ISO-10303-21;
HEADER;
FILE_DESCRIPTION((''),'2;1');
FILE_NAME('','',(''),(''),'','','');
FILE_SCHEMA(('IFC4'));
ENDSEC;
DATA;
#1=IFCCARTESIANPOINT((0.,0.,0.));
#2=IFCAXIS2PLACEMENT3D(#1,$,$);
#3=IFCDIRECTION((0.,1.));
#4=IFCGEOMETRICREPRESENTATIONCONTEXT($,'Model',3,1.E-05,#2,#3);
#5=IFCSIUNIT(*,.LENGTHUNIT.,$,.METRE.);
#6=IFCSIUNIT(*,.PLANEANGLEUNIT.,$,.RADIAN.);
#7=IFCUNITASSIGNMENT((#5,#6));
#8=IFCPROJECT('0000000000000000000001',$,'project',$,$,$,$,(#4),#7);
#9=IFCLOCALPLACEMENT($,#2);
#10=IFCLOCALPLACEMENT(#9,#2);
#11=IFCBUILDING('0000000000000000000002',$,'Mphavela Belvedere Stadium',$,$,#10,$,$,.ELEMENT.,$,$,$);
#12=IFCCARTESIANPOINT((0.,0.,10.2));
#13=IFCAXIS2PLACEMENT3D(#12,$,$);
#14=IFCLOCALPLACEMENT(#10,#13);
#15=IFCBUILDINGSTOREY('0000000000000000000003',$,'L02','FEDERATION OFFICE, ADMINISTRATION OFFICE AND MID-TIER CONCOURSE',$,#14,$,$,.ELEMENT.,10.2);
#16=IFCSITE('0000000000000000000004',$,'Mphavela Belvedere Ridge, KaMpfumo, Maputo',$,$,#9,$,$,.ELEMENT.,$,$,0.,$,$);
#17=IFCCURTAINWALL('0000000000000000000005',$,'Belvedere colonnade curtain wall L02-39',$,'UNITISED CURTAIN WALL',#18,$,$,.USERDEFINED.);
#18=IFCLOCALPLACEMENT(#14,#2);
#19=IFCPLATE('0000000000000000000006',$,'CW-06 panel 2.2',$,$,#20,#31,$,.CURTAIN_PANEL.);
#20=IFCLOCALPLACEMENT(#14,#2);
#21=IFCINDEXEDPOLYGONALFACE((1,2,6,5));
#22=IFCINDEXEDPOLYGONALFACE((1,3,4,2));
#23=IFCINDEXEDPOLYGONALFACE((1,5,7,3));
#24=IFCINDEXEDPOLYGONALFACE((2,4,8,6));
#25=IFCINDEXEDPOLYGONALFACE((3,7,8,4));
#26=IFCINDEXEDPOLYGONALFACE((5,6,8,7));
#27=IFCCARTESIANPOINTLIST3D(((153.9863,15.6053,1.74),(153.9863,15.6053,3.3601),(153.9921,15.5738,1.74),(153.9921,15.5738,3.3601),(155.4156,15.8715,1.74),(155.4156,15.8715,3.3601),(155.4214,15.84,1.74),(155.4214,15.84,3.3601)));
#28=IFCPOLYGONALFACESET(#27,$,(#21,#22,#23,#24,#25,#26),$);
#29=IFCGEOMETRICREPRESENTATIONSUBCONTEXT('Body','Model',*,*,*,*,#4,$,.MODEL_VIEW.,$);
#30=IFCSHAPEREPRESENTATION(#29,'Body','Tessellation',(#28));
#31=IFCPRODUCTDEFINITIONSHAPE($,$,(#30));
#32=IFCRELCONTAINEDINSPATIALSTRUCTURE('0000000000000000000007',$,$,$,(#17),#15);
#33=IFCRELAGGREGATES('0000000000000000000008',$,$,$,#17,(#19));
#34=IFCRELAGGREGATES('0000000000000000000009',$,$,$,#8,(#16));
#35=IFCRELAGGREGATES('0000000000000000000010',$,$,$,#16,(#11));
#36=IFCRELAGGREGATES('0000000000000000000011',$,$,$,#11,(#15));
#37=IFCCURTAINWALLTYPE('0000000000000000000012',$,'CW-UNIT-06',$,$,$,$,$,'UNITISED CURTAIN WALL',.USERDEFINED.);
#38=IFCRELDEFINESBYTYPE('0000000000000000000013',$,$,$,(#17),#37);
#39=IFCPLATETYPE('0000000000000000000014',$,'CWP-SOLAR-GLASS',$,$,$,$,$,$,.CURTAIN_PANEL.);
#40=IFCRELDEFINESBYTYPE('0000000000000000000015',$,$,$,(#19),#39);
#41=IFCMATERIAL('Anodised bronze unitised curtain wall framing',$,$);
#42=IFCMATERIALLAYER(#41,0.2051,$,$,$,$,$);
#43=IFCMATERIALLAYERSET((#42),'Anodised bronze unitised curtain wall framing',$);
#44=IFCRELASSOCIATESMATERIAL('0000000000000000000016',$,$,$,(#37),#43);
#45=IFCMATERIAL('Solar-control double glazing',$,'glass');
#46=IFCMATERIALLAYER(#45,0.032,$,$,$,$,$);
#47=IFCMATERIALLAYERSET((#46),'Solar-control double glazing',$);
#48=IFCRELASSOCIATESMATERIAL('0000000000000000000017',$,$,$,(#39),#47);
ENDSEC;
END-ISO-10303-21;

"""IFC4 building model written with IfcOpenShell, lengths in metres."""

from ifc_helpers import new_model, si_unit, direction, frame, origin, origin_2d, place, context, subcontext, project, spatial, rectangle, extrude, material, layer, layer_set, type_object, element, aggregate, save


model = new_model("IFC4")

# Units and contexts
model_context = context("Model", 3, precision=1e-05, world=origin(), true_north=direction((0.0, 1.0)))
body_context = subcontext(model_context, "Body", "Model", "MODEL_VIEW")
ifc_project = project(units=[si_unit("LENGTHUNIT", "METRE"), si_unit("PLANEANGLEUNIT", "RADIAN")], contexts=[model_context])

# Site, building, storey
site_placement = place(None, origin())
site = spatial("IfcSite", under=ifc_project, at=site_placement, Name="Mphavela Belvedere Ridge, KaMpfumo, Maputo", CompositionType="ELEMENT", RefElevation=0.0)
building_placement = place(site_placement, origin())
building = spatial("IfcBuilding", under=site, at=building_placement, Name="Mphavela Belvedere Stadium", CompositionType="ELEMENT")
storey_placement = place(building_placement, frame((0.0, 0.0, 10.2)))
storey = spatial("IfcBuildingStorey", under=building, at=storey_placement, Name="L02", Description="FEDERATION OFFICE, ADMINISTRATION OFFICE AND MID-TIER CONCOURSE", CompositionType="ELEMENT", Elevation=10.2)

# Curtain wall
ifc_material_1 = material(Name="Anodised bronze unitised curtain wall framing")
ifc_layer_1 = layer(ifc_material_1, 0.2051)
ifc_layer_set_1 = layer_set([ifc_layer_1], Name="Anodised bronze unitised curtain wall framing")
curtain_wall_type_1 = type_object("IfcCurtainWallType", Name="CW-UNIT-06", ElementType="UNITISED CURTAIN WALL", PredefinedType="USERDEFINED", material=ifc_layer_set_1)
curtain_wall_1_placement = place(storey_placement, origin())
curtain_wall_1 = element("IfcCurtainWall", 1, at=curtain_wall_1_placement, inside=storey, type_object=curtain_wall_type_1, Name="Belvedere colonnade curtain wall L02-39", ObjectType="UNITISED CURTAIN WALL", PredefinedType="USERDEFINED")

# Plate
ifc_material_2 = material(Name="Solar-control double glazing", Category="glass")
ifc_layer_2 = layer(ifc_material_2, 0.032)
ifc_layer_set_2 = layer_set([ifc_layer_2], Name="Solar-control double glazing")
plate_type = type_object("IfcPlateType", Name="CWP-SOLAR-GLASS", PredefinedType="CURTAIN_PANEL", material=ifc_layer_set_2)
plate_1_placement = place(storey_placement, frame((154.7039, 15.7227, 1.74), z_axis=(0.0, 0.0, 1.0), x_axis=(0.983097, 0.183085, 0.0)))
plate_1 = element("IfcPlate", 2, at=plate_1_placement, type_object=plate_type, Name="CW-06 panel 2.2", PredefinedType="CURTAIN_PANEL", context=body_context, shape_type="SweptSolid", body=[
    extrude(rectangle(XDim=1.4539, YDim=0.032, at=origin_2d()), origin(), (0.0, 0.0, 1.0), 1.6201),
])
aggregate(curtain_wall_1, [plate_1])

save(model, "model.ifc")
